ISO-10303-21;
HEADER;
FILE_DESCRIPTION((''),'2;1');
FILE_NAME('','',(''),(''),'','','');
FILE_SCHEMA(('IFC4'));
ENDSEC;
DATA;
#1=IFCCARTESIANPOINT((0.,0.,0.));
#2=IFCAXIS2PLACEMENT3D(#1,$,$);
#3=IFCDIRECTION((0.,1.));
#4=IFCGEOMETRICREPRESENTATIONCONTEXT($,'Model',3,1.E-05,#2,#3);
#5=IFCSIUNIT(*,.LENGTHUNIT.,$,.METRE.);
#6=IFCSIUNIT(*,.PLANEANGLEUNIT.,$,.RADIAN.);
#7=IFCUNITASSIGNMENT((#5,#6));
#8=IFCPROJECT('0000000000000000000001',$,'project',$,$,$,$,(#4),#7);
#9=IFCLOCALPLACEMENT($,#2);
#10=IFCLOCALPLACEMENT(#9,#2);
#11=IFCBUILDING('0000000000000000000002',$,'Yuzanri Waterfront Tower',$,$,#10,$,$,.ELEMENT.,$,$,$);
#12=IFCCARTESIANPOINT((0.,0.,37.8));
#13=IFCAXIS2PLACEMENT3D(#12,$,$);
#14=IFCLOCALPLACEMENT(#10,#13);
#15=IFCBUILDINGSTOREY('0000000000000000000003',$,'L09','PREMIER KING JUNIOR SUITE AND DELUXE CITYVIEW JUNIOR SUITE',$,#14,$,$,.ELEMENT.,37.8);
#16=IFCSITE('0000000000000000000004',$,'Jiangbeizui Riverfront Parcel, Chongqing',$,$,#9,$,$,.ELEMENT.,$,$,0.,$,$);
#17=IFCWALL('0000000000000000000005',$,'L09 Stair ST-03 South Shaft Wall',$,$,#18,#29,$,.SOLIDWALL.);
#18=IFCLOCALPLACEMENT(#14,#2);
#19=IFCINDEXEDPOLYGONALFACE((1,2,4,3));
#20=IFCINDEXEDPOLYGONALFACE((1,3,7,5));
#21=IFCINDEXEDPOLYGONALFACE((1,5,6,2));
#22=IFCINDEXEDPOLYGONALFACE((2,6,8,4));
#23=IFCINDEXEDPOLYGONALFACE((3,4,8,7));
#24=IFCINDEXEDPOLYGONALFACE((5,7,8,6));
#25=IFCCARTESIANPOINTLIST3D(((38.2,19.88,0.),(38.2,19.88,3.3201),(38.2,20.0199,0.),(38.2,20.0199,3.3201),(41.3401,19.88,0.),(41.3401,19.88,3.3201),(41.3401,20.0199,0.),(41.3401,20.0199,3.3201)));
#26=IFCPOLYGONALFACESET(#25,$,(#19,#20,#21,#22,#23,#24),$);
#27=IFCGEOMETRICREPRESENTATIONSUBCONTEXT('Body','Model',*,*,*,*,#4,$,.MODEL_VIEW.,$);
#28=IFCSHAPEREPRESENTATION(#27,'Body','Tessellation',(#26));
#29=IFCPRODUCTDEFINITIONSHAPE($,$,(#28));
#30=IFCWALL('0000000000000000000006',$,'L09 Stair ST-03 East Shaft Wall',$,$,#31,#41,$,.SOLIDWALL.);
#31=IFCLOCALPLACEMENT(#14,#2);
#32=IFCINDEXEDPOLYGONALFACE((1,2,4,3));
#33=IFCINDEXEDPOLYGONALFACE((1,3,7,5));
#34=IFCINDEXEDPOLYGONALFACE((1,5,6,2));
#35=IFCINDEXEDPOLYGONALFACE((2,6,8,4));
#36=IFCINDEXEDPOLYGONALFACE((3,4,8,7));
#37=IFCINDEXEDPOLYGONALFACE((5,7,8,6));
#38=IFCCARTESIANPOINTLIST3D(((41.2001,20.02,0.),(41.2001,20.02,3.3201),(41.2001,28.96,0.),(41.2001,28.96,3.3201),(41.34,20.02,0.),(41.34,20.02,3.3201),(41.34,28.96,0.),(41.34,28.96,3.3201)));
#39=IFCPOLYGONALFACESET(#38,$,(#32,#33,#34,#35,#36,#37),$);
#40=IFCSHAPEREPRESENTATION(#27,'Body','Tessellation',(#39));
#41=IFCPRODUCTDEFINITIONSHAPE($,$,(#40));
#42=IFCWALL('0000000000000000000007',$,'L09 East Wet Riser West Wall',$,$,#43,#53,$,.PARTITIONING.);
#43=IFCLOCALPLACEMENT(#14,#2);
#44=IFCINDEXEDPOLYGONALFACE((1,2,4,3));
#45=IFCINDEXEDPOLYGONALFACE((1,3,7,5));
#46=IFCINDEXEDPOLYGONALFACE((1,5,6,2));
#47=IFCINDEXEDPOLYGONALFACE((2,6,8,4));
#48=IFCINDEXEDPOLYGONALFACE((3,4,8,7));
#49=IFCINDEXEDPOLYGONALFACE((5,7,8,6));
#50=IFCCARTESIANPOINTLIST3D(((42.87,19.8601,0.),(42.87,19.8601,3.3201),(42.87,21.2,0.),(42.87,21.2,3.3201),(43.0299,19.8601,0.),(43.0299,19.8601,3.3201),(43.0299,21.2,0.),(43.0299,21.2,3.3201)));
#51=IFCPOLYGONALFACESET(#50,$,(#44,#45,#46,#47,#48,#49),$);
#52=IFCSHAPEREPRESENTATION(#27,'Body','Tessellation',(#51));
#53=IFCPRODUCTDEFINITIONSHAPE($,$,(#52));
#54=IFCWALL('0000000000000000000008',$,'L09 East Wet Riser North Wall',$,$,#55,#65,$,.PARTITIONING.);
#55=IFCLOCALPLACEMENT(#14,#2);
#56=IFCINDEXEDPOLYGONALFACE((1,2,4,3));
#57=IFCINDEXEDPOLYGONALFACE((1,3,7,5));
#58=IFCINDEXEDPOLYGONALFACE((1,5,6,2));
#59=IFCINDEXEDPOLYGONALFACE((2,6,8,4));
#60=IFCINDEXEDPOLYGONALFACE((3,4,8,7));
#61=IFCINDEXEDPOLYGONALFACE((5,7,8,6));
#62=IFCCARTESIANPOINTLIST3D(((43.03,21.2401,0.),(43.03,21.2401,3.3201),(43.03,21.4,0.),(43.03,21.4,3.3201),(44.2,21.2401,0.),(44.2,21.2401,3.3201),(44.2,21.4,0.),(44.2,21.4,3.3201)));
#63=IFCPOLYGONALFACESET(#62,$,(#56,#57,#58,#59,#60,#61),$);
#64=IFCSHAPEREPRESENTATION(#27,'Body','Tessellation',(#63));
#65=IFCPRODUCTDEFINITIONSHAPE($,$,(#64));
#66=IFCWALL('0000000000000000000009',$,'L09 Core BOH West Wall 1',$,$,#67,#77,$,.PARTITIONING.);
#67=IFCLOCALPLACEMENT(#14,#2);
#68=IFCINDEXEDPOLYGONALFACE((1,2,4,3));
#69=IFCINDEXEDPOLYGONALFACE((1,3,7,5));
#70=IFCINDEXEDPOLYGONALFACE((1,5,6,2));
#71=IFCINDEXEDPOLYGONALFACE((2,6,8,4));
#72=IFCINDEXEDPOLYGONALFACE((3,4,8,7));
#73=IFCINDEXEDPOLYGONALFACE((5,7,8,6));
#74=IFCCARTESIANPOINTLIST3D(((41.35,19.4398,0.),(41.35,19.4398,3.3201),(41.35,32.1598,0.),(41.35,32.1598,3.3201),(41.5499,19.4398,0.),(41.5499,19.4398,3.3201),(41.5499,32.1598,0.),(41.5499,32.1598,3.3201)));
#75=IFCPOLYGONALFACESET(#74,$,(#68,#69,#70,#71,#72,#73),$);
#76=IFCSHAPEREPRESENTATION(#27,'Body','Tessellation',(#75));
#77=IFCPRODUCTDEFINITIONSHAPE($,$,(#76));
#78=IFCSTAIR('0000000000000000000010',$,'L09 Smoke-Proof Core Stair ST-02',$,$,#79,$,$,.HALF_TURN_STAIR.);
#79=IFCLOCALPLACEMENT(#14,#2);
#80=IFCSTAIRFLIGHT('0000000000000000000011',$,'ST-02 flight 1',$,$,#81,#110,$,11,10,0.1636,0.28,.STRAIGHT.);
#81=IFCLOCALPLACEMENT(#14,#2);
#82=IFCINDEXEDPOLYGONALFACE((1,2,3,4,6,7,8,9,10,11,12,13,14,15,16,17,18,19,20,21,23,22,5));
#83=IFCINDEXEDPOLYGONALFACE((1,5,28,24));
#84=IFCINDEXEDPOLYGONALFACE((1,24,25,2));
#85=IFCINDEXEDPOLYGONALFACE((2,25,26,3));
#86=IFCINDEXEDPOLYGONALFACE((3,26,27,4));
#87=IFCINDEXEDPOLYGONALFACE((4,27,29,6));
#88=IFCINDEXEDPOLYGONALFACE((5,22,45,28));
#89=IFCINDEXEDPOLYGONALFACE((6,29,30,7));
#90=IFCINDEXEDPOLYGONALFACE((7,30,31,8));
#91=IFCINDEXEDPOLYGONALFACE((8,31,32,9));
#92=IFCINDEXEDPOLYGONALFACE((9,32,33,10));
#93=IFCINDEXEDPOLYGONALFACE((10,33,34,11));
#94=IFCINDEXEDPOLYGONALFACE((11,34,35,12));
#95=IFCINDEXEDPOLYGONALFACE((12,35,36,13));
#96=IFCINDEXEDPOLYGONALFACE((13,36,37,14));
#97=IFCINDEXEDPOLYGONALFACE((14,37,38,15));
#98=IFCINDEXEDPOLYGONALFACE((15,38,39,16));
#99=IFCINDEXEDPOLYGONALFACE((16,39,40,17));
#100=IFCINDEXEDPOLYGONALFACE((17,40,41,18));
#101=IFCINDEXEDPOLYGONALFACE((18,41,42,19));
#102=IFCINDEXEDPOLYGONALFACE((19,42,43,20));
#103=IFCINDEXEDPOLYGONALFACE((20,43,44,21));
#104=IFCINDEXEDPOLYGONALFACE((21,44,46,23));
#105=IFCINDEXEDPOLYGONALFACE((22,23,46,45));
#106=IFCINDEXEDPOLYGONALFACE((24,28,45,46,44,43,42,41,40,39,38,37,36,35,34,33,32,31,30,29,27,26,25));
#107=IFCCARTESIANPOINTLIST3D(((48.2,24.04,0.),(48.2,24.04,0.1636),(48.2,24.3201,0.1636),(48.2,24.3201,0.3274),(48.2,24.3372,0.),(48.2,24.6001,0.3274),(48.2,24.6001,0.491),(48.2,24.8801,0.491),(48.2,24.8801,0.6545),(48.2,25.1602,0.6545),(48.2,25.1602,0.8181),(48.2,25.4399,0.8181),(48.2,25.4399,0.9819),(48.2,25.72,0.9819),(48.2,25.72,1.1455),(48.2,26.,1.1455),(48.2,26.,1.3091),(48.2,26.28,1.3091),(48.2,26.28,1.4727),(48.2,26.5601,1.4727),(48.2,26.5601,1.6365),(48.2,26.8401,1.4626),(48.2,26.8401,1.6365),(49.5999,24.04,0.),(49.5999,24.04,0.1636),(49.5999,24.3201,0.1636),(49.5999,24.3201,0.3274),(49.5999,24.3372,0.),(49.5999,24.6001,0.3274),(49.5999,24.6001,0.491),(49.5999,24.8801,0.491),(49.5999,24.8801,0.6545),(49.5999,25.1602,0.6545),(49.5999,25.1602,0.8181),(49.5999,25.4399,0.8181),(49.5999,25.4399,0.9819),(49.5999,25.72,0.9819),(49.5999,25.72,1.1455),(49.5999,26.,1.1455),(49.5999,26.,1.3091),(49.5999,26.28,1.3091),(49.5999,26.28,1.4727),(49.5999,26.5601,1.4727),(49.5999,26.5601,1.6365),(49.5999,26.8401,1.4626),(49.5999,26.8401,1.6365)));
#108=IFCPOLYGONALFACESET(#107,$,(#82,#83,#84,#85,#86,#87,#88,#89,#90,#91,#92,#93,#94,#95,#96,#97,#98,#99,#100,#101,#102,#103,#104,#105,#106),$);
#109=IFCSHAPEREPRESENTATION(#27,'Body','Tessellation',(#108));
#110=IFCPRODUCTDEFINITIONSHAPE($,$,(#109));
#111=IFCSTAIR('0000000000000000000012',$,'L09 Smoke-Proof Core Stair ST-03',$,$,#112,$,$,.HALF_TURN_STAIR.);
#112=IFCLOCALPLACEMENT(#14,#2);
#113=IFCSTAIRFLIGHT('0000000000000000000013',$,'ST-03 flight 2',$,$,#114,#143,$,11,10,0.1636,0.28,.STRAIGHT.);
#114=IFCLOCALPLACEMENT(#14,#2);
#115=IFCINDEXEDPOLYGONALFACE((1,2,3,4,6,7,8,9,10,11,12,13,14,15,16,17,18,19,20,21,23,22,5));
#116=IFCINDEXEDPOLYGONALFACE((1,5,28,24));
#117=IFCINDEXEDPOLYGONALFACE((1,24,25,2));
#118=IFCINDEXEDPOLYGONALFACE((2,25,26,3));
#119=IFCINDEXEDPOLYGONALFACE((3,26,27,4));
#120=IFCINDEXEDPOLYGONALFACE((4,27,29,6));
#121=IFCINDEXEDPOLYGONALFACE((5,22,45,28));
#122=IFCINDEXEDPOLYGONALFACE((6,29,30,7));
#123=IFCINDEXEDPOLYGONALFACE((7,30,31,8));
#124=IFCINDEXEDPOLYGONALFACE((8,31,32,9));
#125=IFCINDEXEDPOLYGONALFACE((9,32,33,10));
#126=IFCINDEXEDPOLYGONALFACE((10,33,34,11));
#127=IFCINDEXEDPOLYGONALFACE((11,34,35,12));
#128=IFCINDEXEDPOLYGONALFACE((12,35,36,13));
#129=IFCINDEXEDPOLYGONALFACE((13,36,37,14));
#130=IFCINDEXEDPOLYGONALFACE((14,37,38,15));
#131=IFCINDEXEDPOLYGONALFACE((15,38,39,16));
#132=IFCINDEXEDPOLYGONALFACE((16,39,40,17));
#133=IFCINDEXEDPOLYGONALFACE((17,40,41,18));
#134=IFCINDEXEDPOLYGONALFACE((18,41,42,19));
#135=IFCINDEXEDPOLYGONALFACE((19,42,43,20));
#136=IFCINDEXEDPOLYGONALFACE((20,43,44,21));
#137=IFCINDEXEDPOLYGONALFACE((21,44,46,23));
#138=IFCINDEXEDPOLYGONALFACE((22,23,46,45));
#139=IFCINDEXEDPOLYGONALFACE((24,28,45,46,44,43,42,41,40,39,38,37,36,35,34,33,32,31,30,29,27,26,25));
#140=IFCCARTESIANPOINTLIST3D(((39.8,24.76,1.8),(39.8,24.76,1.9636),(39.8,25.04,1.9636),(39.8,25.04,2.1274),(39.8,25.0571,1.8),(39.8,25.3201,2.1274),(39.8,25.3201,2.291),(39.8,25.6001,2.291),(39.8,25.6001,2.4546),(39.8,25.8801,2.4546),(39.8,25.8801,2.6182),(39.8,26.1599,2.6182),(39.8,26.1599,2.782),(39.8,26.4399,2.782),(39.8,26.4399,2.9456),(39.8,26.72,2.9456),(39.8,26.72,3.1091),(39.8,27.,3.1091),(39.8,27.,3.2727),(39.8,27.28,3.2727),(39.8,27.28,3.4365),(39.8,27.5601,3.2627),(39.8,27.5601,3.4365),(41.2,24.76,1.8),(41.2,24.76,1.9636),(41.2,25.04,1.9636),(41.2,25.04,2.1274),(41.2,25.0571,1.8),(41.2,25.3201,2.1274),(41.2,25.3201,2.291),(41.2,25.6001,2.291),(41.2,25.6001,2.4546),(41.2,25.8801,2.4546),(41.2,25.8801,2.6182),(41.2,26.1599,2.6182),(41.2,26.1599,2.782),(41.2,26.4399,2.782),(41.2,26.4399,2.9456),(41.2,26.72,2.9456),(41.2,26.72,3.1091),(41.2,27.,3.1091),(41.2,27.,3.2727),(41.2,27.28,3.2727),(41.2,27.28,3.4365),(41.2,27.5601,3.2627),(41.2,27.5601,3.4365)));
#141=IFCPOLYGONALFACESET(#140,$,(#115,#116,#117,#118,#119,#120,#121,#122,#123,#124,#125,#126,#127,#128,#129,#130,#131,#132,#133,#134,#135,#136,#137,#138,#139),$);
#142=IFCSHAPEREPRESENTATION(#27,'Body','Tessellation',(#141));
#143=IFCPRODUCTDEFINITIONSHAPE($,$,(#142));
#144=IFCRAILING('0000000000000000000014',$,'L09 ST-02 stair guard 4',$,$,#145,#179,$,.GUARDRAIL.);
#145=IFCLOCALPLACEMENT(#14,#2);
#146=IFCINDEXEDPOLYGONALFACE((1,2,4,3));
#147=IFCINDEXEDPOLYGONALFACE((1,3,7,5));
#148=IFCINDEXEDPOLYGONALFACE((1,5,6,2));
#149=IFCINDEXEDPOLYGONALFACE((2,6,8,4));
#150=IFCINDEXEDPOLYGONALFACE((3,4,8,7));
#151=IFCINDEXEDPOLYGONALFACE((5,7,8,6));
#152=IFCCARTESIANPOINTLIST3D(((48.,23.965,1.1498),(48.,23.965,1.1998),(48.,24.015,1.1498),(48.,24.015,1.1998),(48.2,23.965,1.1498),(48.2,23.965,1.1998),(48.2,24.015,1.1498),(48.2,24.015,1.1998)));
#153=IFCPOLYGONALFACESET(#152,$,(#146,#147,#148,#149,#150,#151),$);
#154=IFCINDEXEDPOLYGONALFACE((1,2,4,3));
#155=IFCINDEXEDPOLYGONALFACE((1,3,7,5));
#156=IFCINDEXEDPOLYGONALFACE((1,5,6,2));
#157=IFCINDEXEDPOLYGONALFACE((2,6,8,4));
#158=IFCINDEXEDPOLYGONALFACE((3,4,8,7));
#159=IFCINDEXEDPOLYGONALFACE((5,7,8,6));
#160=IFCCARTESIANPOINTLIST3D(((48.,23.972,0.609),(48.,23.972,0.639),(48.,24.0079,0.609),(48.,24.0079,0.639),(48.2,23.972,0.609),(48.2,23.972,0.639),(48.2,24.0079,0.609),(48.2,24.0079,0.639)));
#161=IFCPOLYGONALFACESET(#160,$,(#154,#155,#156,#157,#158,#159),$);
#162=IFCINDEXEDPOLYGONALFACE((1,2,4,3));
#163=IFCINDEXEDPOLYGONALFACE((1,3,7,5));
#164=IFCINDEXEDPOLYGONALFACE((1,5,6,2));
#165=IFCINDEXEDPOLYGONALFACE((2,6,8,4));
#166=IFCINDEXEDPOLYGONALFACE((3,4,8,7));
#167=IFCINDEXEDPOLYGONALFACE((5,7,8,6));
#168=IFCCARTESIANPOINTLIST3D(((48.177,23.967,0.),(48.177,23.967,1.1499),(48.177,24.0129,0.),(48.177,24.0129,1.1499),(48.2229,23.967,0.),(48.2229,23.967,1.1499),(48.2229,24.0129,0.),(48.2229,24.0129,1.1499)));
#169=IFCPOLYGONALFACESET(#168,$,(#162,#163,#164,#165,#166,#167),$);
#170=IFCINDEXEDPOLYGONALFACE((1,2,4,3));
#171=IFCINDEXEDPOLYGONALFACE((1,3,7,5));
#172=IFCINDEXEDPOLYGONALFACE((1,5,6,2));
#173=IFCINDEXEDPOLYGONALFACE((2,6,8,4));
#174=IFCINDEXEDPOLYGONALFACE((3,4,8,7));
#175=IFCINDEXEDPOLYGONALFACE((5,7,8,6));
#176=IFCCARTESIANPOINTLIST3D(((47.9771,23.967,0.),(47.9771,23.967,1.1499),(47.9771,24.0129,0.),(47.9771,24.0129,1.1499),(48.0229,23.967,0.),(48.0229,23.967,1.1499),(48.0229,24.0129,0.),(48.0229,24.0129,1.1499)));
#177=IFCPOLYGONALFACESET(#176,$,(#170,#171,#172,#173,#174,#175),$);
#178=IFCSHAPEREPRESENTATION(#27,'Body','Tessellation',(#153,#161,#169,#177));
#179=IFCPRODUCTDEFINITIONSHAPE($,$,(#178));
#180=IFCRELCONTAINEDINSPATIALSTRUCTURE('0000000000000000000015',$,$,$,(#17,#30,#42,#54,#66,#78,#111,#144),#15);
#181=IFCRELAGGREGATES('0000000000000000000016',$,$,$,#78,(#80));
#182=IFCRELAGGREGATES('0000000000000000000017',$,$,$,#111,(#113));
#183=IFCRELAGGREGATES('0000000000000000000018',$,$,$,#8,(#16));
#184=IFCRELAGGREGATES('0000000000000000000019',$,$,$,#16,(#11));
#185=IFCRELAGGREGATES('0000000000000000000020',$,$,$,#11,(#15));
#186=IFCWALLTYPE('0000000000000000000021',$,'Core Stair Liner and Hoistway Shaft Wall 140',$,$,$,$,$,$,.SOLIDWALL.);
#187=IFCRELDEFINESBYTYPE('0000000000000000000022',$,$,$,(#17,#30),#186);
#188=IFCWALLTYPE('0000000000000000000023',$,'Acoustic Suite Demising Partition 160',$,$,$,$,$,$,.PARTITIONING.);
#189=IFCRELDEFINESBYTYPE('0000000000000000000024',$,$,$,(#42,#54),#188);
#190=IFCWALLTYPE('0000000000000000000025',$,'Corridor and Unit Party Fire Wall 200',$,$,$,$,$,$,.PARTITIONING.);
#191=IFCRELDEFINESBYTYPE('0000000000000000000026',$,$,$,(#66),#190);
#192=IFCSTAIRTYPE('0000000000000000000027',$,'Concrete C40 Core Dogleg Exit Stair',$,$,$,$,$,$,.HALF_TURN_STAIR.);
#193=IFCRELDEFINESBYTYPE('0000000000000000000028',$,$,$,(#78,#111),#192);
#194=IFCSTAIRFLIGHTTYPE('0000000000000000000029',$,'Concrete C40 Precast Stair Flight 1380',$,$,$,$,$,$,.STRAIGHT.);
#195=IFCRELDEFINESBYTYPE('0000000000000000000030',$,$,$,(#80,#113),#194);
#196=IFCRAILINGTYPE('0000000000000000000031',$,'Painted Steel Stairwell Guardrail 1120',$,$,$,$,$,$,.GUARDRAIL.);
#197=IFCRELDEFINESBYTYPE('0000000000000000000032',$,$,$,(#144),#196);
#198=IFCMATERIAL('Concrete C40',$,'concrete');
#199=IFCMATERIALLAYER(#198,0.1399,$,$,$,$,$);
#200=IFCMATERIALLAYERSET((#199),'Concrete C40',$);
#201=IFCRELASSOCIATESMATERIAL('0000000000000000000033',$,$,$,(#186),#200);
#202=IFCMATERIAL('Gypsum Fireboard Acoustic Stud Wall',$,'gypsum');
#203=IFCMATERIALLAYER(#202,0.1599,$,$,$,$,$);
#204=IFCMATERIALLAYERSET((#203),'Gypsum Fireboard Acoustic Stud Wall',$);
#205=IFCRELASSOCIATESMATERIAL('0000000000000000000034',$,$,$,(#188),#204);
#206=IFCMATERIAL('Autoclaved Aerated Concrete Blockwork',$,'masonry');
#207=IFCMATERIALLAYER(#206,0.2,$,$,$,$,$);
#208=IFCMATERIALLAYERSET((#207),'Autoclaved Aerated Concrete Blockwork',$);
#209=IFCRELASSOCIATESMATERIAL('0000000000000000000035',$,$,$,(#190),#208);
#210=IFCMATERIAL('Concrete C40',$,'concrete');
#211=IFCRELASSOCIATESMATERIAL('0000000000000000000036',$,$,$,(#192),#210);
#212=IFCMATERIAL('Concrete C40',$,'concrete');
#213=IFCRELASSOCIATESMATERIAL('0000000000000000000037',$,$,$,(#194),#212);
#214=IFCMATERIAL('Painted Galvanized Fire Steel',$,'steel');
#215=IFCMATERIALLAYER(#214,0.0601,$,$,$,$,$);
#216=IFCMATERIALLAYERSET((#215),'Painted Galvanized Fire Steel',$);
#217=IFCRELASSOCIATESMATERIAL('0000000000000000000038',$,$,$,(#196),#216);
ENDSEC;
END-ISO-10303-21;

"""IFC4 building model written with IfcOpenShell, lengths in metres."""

from ifc_helpers import new_model, si_unit, direction, frame, frame_2d, origin, origin_2d, place, context, subcontext, project, spatial, polyline, rectangle, outline, extrude, source, transform, mapped, material, layer, layer_set, type_object, element, aggregate, save


model = new_model("IFC4")

# Units and contexts
model_context = context("Model", 3, precision=1e-05, world=origin(), true_north=direction((0.0, 1.0)))
body_context = subcontext(model_context, "Body", "Model", "MODEL_VIEW")
ifc_project = project(units=[si_unit("LENGTHUNIT", "METRE"), si_unit("PLANEANGLEUNIT", "RADIAN")], contexts=[model_context])

# Site, building, storey
site_placement = place(None, origin())
site = spatial("IfcSite", under=ifc_project, at=site_placement, Name="Jiangbeizui Riverfront Parcel, Chongqing", CompositionType="ELEMENT", RefElevation=0.0)
building_placement = place(site_placement, origin())
building = spatial("IfcBuilding", under=site, at=building_placement, Name="Yuzanri Waterfront Tower", CompositionType="ELEMENT")
storey_placement = place(building_placement, frame((0.0, 0.0, 37.8)))
storey = spatial("IfcBuildingStorey", under=building, at=storey_placement, Name="L09", Description="PREMIER KING JUNIOR SUITE AND DELUXE CITYVIEW JUNIOR SUITE", CompositionType="ELEMENT", Elevation=37.8)

# Shared definitions
ifc_material_1 = material(Name="Concrete C40", Category="concrete")
ifc_layer_1 = layer(ifc_material_1, 0.1399)
ifc_layer_set_1 = layer_set([ifc_layer_1], Name="Concrete C40")
wall_type_1 = type_object("IfcWallType", Name="Core Stair Liner and Hoistway Shaft Wall 140", PredefinedType="SOLIDWALL", material=ifc_layer_set_1)

# Walls
shared_shape_1 = source(origin(), body_context, "Body", "SweptSolid", [
    extrude(rectangle(XDim=3.1401, YDim=0.1399, at=frame_2d((1.5701, 0.0))), origin(), (0.0, 0.0, 1.0), 3.3201),
])
wall_1_placement = place(storey_placement, frame((38.2, 19.95, 0.0), z_axis=(0.0, 0.0, 1.0), x_axis=(1.0, 0.0, 0.0)))
element("IfcWall", 1, at=wall_1_placement, inside=storey, type_object=wall_type_1, Name="L09 Stair ST-03 South Shaft Wall", PredefinedType="SOLIDWALL", context=body_context, shape_type="MappedRepresentation", body=[
    mapped(shared_shape_1, transform((0.0, 0.0, 0.0), scale=1.0)),
])
shared_shape_2 = source(origin(), body_context, "Body", "SweptSolid", [
    extrude(rectangle(XDim=8.9399, YDim=0.1399, at=frame_2d((4.47, 0.0))), origin(), (0.0, 0.0, 1.0), 3.3201),
])
wall_2_placement = place(storey_placement, frame((41.27, 20.02, 0.0), z_axis=(0.0, 0.0, 1.0), x_axis=(0.0, 1.0, 0.0)))
element("IfcWall", 2, at=wall_2_placement, inside=storey, type_object=wall_type_1, Name="L09 Stair ST-03 East Shaft Wall", PredefinedType="SOLIDWALL", context=body_context, shape_type="MappedRepresentation", body=[
    mapped(shared_shape_2, transform((0.0, 0.0, 0.0), scale=1.0)),
])
ifc_material_2 = material(Name="Gypsum Fireboard Acoustic Stud Wall", Category="gypsum")
ifc_layer_2 = layer(ifc_material_2, 0.1599)
ifc_layer_set_2 = layer_set([ifc_layer_2], Name="Gypsum Fireboard Acoustic Stud Wall")
wall_type_2 = type_object("IfcWallType", Name="Acoustic Suite Demising Partition 160", PredefinedType="PARTITIONING", material=ifc_layer_set_2)
shared_shape_3 = source(origin(), body_context, "Body", "SweptSolid", [
    extrude(rectangle(XDim=1.3398, YDim=0.1599, at=frame_2d((0.6699, 0.0))), origin(), (0.0, 0.0, 1.0), 3.3201),
])
wall_3_placement = place(storey_placement, frame((42.95, 19.8601, 0.0), z_axis=(0.0, 0.0, 1.0), x_axis=(0.0, 1.0, 0.0)))
element("IfcWall", 3, at=wall_3_placement, inside=storey, type_object=wall_type_2, Name="L09 East Wet Riser West Wall", PredefinedType="PARTITIONING", context=body_context, shape_type="MappedRepresentation", body=[
    mapped(shared_shape_3, transform((0.0, 0.0, 0.0), scale=1.0)),
])
shared_shape_4 = source(origin(), body_context, "Body", "SweptSolid", [
    extrude(rectangle(XDim=1.1699, YDim=0.1599, at=frame_2d((0.585, 0.0))), origin(), (0.0, 0.0, 1.0), 3.3201),
])
wall_4_placement = place(storey_placement, frame((43.03, 21.3201, 0.0), z_axis=(0.0, 0.0, 1.0), x_axis=(1.0, 0.0, 0.0)))
element("IfcWall", 4, at=wall_4_placement, inside=storey, type_object=wall_type_2, Name="L09 East Wet Riser North Wall", PredefinedType="PARTITIONING", context=body_context, shape_type="MappedRepresentation", body=[
    mapped(shared_shape_4, transform((0.0, 0.0, 0.0), scale=1.0)),
])
ifc_material_3 = material(Name="Autoclaved Aerated Concrete Blockwork", Category="masonry")
ifc_layer_3 = layer(ifc_material_3, 0.2)
ifc_layer_set_3 = layer_set([ifc_layer_3], Name="Autoclaved Aerated Concrete Blockwork")
wall_type_3 = type_object("IfcWallType", Name="Corridor and Unit Party Fire Wall 200", PredefinedType="PARTITIONING", material=ifc_layer_set_3)
shared_shape_5 = source(origin(), body_context, "Body", "SweptSolid", [
    extrude(rectangle(XDim=12.72, YDim=0.2, at=frame_2d((6.3599, 0.0))), origin(), (0.0, 0.0, 1.0), 3.3201),
])
wall_5_placement = place(storey_placement, frame((41.45, 19.4399, 0.0), z_axis=(0.0, 0.0, 1.0), x_axis=(0.0, 1.0, 0.0)))
element("IfcWall", 5, at=wall_5_placement, inside=storey, type_object=wall_type_3, Name="L09 Core BOH West Wall 1", PredefinedType="PARTITIONING", context=body_context, shape_type="MappedRepresentation", body=[
    mapped(shared_shape_5, transform((0.0, 0.0, 0.0), scale=1.0)),
])

# Stairs, stair flights
ifc_material_4 = material(Name="Concrete C40", Category="concrete")
stair_type = type_object("IfcStairType", Name="Concrete C40 Core Dogleg Exit Stair", PredefinedType="HALF_TURN_STAIR", material=ifc_material_4)
stair_1_placement = place(storey_placement, origin())
stair_1 = element("IfcStair", 6, at=stair_1_placement, inside=storey, type_object=stair_type, Name="L09 Smoke-Proof Core Stair ST-02", PredefinedType="HALF_TURN_STAIR")
ifc_material_5 = material(Name="Concrete C40", Category="concrete")
stair_flight_type = type_object("IfcStairFlightType", Name="Concrete C40 Precast Stair Flight 1380", PredefinedType="STRAIGHT", material=ifc_material_5)
shared_shape_6 = source(origin(), body_context, "Body", "SweptSolid", [
    extrude(outline(polyline([(0.0, 0.0), (0.0, 0.1636), (0.28, 0.1636), (0.28, 0.3274), (0.5601, 0.3274), (0.5601, 0.491), (0.8401, 0.491), (0.8401, 0.6545), (1.1201, 0.6545), (1.1201, 0.8181), (1.3999, 0.8181), (1.3999, 0.9819), (1.6799, 0.9819), (1.6799, 1.1455), (1.96, 1.1455), (1.96, 1.3091), (2.24, 1.3091), (2.24, 1.4727), (2.52, 1.4727), (2.52, 1.6365), (2.8, 1.6365), (2.8, 1.8), (2.8, 1.4626), (0.2971, 0.0), (0.0, 0.0)])), frame((0.0, 0.7, 0.0), z_axis=(0.0, -1.0, 0.0), x_axis=(1.0, 0.0, 0.0)), (0.0, 0.0, 1.0), 1.3999),
])
stair_flight_1_placement = place(storey_placement, frame((48.8999, 24.04, 0.0), z_axis=(0.0, 0.0, 1.0), x_axis=(0.0, 1.0, 0.0)))
stair_flight_1 = element("IfcStairFlight", 7, at=stair_flight_1_placement, type_object=stair_flight_type, Name="ST-02 flight 1", NumberOfRisers=11, NumberOfTreads=10, PredefinedType="STRAIGHT", RiserHeight=0.1636, TreadLength=0.28, context=body_context, shape_type="MappedRepresentation", body=[
    mapped(shared_shape_6, transform((0.0, 0.0, 0.0), scale=1.0)),
])
aggregate(stair_1, [stair_flight_1])
stair_2_placement = place(storey_placement, origin())
stair_2 = element("IfcStair", 8, at=stair_2_placement, inside=storey, type_object=stair_type, Name="L09 Smoke-Proof Core Stair ST-03", PredefinedType="HALF_TURN_STAIR")
stair_flight_2_placement = place(storey_placement, frame((40.5, 24.76, 1.8), z_axis=(0.0, 0.0, 1.0), x_axis=(0.0, 1.0, 0.0)))
stair_flight_2 = element("IfcStairFlight", 9, at=stair_flight_2_placement, type_object=stair_flight_type, Name="ST-03 flight 2", NumberOfRisers=11, NumberOfTreads=10, PredefinedType="STRAIGHT", RiserHeight=0.1636, TreadLength=0.28, context=body_context, shape_type="MappedRepresentation", body=[
    mapped(shared_shape_6, transform((0.0, 0.0, 0.0), scale=1.0)),
])
aggregate(stair_2, [stair_flight_2])

# Railing
ifc_material_6 = material(Name="Painted Galvanized Fire Steel", Category="steel")
ifc_layer_4 = layer(ifc_material_6, 0.0601)
ifc_layer_set_4 = layer_set([ifc_layer_4], Name="Painted Galvanized Fire Steel")
railing_type_1 = type_object("IfcRailingType", Name="Painted Steel Stairwell Guardrail 1120", PredefinedType="GUARDRAIL", material=ifc_layer_set_4)
shared_shape_7 = source(origin(), body_context, "Body", "SweptSolid", [
    extrude(rectangle(XDim=0.05, YDim=0.05, at=origin_2d()), frame((0.0, 0.0, 1.1748), z_axis=(-1.0, 0.0, 0.0), x_axis=(0.0, -1.0, 0.0)), (0.0, 0.0, 1.0), 0.2),
    extrude(rectangle(XDim=0.0359, YDim=0.03, at=origin_2d()), frame((0.0, 0.0, 0.624), z_axis=(-1.0, 0.0, 0.0), x_axis=(0.0, -1.0, 0.0)), (0.0, 0.0, 1.0), 0.2),
    extrude(rectangle(XDim=0.0459, YDim=0.0459, at=origin_2d()), origin(), (0.0, 0.0, 1.0), 1.1499),
    extrude(rectangle(XDim=0.0459, YDim=0.0459, at=origin_2d()), frame((-0.2, 0.0, 0.0)), (0.0, 0.0, 1.0), 1.1499),
])
railing_1_placement = place(storey_placement, frame((48.2, 23.99, 0.0)))
element("IfcRailing", 10, at=railing_1_placement, inside=storey, type_object=railing_type_1, Name="L09 ST-02 stair guard 4", PredefinedType="GUARDRAIL", context=body_context, shape_type="MappedRepresentation", body=[
    mapped(shared_shape_7, transform((0.0, 0.0, 0.0), scale=1.0)),
])

save(model, "model.ifc")
